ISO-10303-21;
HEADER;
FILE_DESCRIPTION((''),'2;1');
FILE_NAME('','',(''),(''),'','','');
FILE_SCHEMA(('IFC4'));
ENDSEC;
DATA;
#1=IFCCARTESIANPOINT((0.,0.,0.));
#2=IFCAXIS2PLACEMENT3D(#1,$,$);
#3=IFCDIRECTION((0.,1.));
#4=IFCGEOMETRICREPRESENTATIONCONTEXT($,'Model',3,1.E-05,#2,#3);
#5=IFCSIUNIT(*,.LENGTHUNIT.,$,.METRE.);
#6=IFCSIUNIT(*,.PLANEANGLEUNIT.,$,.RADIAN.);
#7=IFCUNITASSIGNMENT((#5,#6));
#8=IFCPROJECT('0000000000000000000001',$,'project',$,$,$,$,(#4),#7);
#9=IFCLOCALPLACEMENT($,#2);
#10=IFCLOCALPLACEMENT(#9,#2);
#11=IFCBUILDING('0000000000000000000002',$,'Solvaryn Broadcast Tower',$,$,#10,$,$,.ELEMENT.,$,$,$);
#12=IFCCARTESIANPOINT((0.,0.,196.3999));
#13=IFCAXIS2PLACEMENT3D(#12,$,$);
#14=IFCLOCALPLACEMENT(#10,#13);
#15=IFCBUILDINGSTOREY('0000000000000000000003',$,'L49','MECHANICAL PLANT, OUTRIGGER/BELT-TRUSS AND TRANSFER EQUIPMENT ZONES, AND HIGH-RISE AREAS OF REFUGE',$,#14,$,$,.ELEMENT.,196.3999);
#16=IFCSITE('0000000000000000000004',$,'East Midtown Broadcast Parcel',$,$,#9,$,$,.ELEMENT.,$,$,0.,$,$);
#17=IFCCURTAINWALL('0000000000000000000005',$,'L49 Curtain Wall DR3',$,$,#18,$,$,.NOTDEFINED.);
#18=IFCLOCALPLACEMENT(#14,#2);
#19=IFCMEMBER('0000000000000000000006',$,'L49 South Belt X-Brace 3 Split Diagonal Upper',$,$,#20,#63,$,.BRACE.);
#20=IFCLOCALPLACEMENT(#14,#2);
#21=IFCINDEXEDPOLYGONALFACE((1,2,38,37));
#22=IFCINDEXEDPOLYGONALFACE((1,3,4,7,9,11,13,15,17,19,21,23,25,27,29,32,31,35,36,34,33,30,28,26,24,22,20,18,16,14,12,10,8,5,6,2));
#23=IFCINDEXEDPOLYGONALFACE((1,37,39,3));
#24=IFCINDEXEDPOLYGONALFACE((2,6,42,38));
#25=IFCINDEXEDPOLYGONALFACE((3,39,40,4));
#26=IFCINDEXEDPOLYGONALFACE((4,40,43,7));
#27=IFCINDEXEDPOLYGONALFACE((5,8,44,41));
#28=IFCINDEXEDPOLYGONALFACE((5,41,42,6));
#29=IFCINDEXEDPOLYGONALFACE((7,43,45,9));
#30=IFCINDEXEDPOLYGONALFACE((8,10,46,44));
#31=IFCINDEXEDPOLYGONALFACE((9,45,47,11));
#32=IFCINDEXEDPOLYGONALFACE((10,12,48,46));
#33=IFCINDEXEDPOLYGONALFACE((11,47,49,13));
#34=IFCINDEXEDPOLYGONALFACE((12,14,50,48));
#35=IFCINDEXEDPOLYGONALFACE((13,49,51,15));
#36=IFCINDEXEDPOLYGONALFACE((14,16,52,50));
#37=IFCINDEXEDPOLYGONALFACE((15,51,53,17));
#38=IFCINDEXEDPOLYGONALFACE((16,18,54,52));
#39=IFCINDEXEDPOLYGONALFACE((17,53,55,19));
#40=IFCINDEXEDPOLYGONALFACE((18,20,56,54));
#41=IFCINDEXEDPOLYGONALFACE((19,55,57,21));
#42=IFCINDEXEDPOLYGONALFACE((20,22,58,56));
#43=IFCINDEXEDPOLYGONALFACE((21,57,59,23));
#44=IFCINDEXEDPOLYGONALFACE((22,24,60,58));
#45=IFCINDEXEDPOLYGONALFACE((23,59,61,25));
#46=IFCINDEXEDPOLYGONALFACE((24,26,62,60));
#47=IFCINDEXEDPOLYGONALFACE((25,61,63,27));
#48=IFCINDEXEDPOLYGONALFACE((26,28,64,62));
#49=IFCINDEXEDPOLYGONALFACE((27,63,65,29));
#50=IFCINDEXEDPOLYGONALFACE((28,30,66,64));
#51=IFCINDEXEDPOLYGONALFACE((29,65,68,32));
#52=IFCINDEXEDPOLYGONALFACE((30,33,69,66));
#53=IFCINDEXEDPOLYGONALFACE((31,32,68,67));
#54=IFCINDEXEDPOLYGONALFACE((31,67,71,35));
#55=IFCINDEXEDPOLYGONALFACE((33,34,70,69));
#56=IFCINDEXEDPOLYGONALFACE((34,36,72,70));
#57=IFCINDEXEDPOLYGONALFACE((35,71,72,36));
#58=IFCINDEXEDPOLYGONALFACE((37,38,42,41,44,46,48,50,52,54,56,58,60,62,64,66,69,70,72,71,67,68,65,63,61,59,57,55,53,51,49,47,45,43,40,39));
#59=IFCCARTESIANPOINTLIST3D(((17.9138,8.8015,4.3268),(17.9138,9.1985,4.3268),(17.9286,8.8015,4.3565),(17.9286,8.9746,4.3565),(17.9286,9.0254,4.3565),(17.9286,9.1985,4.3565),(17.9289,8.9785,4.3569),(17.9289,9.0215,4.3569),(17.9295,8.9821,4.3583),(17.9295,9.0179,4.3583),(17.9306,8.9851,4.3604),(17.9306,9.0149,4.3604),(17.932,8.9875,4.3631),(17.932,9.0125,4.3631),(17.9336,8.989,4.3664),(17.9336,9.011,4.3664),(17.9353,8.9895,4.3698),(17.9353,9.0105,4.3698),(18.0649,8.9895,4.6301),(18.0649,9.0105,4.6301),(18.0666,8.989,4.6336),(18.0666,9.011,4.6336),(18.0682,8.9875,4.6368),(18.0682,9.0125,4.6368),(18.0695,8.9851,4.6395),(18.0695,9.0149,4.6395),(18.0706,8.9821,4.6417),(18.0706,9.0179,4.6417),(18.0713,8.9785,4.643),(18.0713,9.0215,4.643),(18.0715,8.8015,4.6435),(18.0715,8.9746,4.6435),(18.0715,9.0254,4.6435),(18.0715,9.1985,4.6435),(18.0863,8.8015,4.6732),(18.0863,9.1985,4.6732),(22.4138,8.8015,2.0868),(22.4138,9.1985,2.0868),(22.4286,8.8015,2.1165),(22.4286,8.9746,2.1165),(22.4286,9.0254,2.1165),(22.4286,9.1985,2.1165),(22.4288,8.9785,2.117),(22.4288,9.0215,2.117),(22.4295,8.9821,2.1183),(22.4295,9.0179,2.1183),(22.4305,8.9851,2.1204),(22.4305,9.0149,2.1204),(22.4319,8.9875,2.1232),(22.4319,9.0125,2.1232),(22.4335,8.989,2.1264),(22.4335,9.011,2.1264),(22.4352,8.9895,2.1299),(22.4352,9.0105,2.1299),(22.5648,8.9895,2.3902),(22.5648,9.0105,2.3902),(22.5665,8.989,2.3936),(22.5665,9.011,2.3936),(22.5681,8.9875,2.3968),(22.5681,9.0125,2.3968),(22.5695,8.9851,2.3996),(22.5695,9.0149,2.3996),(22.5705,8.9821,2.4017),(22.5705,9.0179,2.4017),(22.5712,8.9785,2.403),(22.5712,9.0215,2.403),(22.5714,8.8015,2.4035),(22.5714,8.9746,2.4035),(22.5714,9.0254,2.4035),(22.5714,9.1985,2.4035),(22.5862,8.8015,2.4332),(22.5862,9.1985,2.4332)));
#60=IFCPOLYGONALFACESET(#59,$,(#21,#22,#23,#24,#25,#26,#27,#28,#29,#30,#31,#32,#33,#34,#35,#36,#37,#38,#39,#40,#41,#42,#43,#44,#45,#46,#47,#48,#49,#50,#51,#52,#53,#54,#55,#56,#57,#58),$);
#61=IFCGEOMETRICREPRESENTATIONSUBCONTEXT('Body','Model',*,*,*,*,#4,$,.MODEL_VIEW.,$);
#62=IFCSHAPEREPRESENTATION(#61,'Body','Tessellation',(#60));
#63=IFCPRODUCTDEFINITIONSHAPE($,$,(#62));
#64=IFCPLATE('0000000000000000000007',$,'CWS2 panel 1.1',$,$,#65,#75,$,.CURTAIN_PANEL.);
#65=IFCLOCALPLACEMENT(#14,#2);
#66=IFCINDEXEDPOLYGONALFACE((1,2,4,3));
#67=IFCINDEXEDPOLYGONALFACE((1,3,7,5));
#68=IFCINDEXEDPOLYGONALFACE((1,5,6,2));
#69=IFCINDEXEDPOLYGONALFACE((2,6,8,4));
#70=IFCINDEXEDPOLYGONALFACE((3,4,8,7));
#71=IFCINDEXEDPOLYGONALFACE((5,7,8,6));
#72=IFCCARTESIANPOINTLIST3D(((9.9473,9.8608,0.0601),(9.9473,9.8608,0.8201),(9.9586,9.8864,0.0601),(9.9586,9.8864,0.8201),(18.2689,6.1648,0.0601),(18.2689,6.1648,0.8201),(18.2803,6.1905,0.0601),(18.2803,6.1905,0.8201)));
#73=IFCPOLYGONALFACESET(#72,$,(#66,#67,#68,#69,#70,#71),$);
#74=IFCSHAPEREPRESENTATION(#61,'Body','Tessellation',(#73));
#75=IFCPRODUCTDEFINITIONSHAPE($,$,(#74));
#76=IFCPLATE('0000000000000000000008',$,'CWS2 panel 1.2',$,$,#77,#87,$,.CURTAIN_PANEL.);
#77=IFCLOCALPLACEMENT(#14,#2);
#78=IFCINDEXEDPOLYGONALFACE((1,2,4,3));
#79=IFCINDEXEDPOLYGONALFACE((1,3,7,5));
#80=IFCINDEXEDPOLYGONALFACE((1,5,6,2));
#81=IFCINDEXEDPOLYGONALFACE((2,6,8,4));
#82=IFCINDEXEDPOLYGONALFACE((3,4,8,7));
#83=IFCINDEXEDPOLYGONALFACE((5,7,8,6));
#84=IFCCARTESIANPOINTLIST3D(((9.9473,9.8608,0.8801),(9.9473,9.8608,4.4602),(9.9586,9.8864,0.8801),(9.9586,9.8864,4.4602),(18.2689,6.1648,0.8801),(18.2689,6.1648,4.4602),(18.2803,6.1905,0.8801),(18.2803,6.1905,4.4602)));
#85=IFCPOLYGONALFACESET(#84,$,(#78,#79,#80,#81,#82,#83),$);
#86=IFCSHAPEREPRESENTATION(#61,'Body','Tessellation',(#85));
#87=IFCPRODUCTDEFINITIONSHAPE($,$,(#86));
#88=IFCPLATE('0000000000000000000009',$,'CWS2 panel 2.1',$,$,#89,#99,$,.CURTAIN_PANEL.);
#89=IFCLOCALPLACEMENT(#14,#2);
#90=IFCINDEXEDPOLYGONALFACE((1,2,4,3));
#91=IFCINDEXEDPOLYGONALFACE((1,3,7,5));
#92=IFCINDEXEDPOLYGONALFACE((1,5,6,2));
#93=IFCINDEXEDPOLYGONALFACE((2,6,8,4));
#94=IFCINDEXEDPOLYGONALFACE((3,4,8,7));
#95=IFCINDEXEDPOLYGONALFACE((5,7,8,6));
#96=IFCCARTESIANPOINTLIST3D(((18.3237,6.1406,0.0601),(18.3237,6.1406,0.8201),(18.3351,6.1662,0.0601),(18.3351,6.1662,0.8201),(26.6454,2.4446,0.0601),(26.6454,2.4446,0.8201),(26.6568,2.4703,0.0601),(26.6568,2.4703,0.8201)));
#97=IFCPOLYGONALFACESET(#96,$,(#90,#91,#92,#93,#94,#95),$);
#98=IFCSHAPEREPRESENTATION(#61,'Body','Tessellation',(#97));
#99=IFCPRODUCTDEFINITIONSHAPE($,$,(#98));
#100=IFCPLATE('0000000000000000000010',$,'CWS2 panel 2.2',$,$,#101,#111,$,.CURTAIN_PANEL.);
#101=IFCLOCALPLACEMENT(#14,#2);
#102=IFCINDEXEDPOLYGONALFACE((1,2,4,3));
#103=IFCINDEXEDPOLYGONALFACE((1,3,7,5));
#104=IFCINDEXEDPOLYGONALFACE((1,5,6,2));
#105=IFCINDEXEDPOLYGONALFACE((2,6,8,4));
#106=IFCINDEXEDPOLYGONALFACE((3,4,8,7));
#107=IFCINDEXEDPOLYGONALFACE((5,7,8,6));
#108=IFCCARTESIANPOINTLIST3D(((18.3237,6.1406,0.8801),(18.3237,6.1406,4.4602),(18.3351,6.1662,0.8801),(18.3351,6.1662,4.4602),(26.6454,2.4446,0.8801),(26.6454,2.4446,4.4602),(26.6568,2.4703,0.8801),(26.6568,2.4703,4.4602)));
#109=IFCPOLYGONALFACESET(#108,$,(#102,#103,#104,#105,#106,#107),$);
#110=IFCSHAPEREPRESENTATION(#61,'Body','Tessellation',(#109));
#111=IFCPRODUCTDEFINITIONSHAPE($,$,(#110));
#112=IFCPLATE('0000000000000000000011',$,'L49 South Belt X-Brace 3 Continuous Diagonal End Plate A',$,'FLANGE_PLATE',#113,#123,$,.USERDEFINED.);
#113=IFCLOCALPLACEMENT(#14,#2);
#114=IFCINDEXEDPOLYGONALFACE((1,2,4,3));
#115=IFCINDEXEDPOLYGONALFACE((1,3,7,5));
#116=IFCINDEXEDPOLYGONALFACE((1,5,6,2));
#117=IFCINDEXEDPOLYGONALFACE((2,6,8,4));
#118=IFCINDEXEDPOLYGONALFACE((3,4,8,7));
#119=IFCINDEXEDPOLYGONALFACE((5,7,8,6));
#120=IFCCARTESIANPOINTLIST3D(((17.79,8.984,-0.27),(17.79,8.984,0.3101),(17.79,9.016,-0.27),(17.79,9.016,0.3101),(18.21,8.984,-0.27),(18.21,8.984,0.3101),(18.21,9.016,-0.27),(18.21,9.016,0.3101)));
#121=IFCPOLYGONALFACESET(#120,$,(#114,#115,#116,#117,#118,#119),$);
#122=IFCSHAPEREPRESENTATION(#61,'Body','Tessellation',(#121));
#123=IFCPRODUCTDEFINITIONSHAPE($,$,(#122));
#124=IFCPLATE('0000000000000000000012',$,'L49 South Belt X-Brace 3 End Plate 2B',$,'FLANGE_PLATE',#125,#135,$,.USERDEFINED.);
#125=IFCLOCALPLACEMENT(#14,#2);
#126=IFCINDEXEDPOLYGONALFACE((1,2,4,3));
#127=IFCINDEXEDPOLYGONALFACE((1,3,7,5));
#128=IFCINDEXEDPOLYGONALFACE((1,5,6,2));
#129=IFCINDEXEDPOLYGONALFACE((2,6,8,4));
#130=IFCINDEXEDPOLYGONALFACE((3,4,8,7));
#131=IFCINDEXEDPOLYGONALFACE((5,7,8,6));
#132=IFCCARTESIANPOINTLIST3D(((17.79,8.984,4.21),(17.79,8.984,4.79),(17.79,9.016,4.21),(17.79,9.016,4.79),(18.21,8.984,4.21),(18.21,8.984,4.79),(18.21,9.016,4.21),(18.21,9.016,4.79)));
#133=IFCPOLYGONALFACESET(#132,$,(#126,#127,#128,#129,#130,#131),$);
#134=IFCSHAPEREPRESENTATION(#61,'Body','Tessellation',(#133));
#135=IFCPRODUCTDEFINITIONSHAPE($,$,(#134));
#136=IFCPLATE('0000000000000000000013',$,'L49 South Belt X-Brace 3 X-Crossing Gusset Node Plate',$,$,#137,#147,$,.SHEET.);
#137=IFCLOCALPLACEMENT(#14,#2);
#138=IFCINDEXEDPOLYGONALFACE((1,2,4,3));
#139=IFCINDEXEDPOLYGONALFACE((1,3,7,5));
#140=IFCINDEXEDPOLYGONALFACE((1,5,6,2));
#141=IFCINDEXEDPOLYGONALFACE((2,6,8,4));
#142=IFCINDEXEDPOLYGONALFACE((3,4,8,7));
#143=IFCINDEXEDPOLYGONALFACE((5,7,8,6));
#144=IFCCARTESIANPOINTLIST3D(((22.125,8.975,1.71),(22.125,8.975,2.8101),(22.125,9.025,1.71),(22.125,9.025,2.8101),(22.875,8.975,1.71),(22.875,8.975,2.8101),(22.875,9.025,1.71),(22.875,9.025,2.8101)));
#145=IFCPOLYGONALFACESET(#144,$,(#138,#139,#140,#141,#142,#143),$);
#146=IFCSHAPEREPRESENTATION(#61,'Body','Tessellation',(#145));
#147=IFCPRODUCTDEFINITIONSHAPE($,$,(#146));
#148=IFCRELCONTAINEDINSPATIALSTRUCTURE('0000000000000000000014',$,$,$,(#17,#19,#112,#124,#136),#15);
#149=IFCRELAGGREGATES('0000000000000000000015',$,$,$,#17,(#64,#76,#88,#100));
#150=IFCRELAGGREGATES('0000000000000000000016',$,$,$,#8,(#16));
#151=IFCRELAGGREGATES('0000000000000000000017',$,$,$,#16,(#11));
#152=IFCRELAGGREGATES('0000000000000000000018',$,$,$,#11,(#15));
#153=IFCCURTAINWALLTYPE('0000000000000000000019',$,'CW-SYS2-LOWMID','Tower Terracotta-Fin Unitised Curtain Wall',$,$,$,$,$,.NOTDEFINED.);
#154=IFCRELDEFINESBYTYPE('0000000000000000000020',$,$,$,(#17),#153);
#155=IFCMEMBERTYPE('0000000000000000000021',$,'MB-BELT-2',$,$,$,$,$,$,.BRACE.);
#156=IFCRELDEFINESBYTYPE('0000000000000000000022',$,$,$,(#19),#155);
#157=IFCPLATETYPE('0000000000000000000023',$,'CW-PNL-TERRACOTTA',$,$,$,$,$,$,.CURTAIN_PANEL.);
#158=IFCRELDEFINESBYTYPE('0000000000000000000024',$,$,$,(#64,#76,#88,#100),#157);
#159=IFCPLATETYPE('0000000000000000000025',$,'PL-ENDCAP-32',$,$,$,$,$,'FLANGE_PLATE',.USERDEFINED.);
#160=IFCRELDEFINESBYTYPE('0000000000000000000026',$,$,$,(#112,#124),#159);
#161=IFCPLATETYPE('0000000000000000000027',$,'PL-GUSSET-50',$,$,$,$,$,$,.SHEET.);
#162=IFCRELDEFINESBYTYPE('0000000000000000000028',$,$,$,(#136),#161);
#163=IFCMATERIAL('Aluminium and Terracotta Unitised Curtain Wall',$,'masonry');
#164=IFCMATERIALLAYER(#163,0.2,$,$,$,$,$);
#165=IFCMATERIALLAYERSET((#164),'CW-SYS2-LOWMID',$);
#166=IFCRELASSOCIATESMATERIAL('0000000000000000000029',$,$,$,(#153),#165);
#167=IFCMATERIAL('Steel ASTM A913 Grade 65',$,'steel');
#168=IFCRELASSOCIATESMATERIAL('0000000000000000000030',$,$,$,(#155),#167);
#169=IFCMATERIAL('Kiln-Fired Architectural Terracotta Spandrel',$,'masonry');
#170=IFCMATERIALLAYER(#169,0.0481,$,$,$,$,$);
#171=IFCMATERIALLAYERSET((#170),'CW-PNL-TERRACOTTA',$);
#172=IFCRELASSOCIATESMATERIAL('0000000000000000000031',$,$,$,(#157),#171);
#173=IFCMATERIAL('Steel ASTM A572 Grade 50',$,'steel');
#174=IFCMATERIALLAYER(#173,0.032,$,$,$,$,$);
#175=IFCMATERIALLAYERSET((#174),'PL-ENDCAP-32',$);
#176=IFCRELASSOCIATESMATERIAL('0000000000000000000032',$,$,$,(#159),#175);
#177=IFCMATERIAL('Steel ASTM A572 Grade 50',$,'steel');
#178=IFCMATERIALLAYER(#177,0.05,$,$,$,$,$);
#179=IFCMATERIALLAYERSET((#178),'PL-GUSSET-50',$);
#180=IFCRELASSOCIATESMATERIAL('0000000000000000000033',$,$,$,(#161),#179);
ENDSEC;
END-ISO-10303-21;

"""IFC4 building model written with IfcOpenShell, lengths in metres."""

from ifc_helpers import new_model, si_unit, direction, frame, origin, origin_2d, place, context, subcontext, project, spatial, rectangle, i_section, extrude, material, layer, layer_set, material_profile, profile_set, type_object, element, aggregate, save


model = new_model("IFC4")

# Units and contexts
model_context = context("Model", 3, precision=1e-05, world=origin(), true_north=direction((0.0, 1.0)))
body_context = subcontext(model_context, "Body", "Model", "MODEL_VIEW")
ifc_project = project(units=[si_unit("LENGTHUNIT", "METRE"), si_unit("PLANEANGLEUNIT", "RADIAN")], contexts=[model_context])

# Site, building, storey
site_placement = place(None, origin())
site = spatial("IfcSite", under=ifc_project, at=site_placement, Name="East Midtown Broadcast Parcel", CompositionType="ELEMENT", RefElevation=0.0)
building_placement = place(site_placement, origin())
building = spatial("IfcBuilding", under=site, at=building_placement, Name="Solvaryn Broadcast Tower", CompositionType="ELEMENT")
storey_placement = place(building_placement, frame((0.0, 0.0, 196.3999)))
storey = spatial("IfcBuildingStorey", under=building, at=storey_placement, Name="L49", Description="MECHANICAL PLANT, OUTRIGGER/BELT-TRUSS AND TRANSFER EQUIPMENT ZONES, AND HIGH-RISE AREAS OF REFUGE", CompositionType="ELEMENT", Elevation=196.3999)

# Curtain wall
ifc_material_1 = material(Name="Aluminium and Terracotta Unitised Curtain Wall", Category="masonry")
ifc_layer_1 = layer(ifc_material_1, 0.2)
ifc_layer_set_1 = layer_set([ifc_layer_1], Name="CW-SYS2-LOWMID")
curtain_wall_type = type_object("IfcCurtainWallType", Name="CW-SYS2-LOWMID", Description="Tower Terracotta-Fin Unitised Curtain Wall", PredefinedType="NOTDEFINED", material=ifc_layer_set_1)
curtain_wall_placement = place(storey_placement, origin())
curtain_wall = element("IfcCurtainWall", 1, at=curtain_wall_placement, inside=storey, type_object=curtain_wall_type, Name="L49 Curtain Wall DR3", PredefinedType="NOTDEFINED")

# Member
ifc_material_2 = material(Name="Steel ASTM A913 Grade 65", Category="steel")
ifc_material_profile_1 = material_profile(ifc_material_2, i_section(OverallWidth=0.397, OverallDepth=0.387, WebThickness=0.021, FlangeThickness=0.0332, FilletRadius=0.0149, at=origin_2d()))
ifc_profile_set_1 = profile_set([ifc_material_profile_1], Name="Steel ASTM A913 Grade 65")
member_type_1 = type_object("IfcMemberType", Name="MB-BELT-2", PredefinedType="BRACE", material=ifc_profile_set_1)
member_1_placement = place(storey_placement, frame((22.5, 9.0, 2.26), z_axis=(-0.895222, 0.0, 0.44562), x_axis=(0.0, -1.0, 0.0)))
element("IfcMember", 2, at=member_1_placement, inside=storey, type_object=member_type_1, Name="L49 South Belt X-Brace 3 Split Diagonal Upper", PredefinedType="BRACE", context=body_context, shape_type="SweptSolid", body=[
    extrude(i_section(OverallWidth=0.397, OverallDepth=0.387, WebThickness=0.021, FlangeThickness=0.0332, FilletRadius=0.0149, at=origin_2d()), origin(), (0.0, 0.0, 1.0), 5.0266),
])

# Plates
ifc_material_3 = material(Name="Kiln-Fired Architectural Terracotta Spandrel", Category="masonry")
ifc_layer_2 = layer(ifc_material_3, 0.0481)
ifc_layer_set_2 = layer_set([ifc_layer_2], Name="CW-PNL-TERRACOTTA")
plate_type_1 = type_object("IfcPlateType", Name="CW-PNL-TERRACOTTA", PredefinedType="CURTAIN_PANEL", material=ifc_layer_set_2)
plate_1_placement = place(storey_placement, frame((14.1138, 8.0256, 0.0601), z_axis=(0.0, 0.0, 1.0), x_axis=(0.913917, -0.405901, 0.0)))
plate_1 = element("IfcPlate", 3, at=plate_1_placement, type_object=plate_type_1, Name="CWS2 panel 1.1", PredefinedType="CURTAIN_PANEL", context=body_context, shape_type="SweptSolid", body=[
    extrude(rectangle(XDim=9.1055, YDim=0.0281, at=origin_2d()), origin(), (0.0, 0.0, 1.0), 0.76),
])
plate_2_placement = place(storey_placement, frame((14.1138, 8.0256, 0.8801), z_axis=(0.0, 0.0, 1.0), x_axis=(0.913917, -0.405901, 0.0)))
plate_2 = element("IfcPlate", 4, at=plate_2_placement, type_object=plate_type_1, Name="CWS2 panel 1.2", PredefinedType="CURTAIN_PANEL", context=body_context, shape_type="SweptSolid", body=[
    extrude(rectangle(XDim=9.1055, YDim=0.0281, at=origin_2d()), origin(), (0.0, 0.0, 1.0), 3.5801),
])
plate_3_placement = place(storey_placement, frame((22.4902, 4.3054, 0.0601), z_axis=(0.0, 0.0, 1.0), x_axis=(0.913917, -0.405901, 0.0)))
plate_3 = element("IfcPlate", 5, at=plate_3_placement, type_object=plate_type_1, Name="CWS2 panel 2.1", PredefinedType="CURTAIN_PANEL", context=body_context, shape_type="SweptSolid", body=[
    extrude(rectangle(XDim=9.1055, YDim=0.0281, at=origin_2d()), origin(), (0.0, 0.0, 1.0), 0.76),
])
plate_4_placement = place(storey_placement, frame((22.4902, 4.3054, 0.8801), z_axis=(0.0, 0.0, 1.0), x_axis=(0.913917, -0.405901, 0.0)))
plate_4 = element("IfcPlate", 6, at=plate_4_placement, type_object=plate_type_1, Name="CWS2 panel 2.2", PredefinedType="CURTAIN_PANEL", context=body_context, shape_type="SweptSolid", body=[
    extrude(rectangle(XDim=9.1055, YDim=0.0281, at=origin_2d()), origin(), (0.0, 0.0, 1.0), 3.5801),
])
aggregate(curtain_wall, [plate_1, plate_2, plate_3, plate_4])

# Plates
ifc_material_4 = material(Name="Steel ASTM A572 Grade 50", Category="steel")
ifc_layer_3 = layer(ifc_material_4, 0.032)
ifc_layer_set_3 = layer_set([ifc_layer_3], Name="PL-ENDCAP-32")
plate_type_2 = type_object("IfcPlateType", Name="PL-ENDCAP-32", ElementType="FLANGE_PLATE", PredefinedType="USERDEFINED", material=ifc_layer_set_3)
for number, where, z_axis, x_axis, name in (
    (7, (18.0, 9.0, -0.27), (0.0, 0.0, 1.0), (1.0, 0.0, 0.0), "L49 South Belt X-Brace 3 Continuous Diagonal End Plate A"),
    (8, (18.0, 9.0, 4.21), (0.0, 0.0, 1.0), (1.0, 0.0, 0.0), "L49 South Belt X-Brace 3 End Plate 2B"),
):
    element("IfcPlate", number, at=place(storey_placement, frame(where, z_axis=z_axis, x_axis=x_axis)), inside=storey, type_object=plate_type_2, Name=name, ObjectType="FLANGE_PLATE", PredefinedType="USERDEFINED", context=body_context, shape_type="SweptSolid", body=[
        extrude(rectangle(XDim=0.4199, YDim=0.032, at=origin_2d()), origin(), (0.0, 0.0, 1.0), 0.5801),
    ])
ifc_material_5 = material(Name="Steel ASTM A572 Grade 50", Category="steel")
ifc_layer_4 = layer(ifc_material_5, 0.05)
ifc_layer_set_4 = layer_set([ifc_layer_4], Name="PL-GUSSET-50")
plate_type_3 = type_object("IfcPlateType", Name="PL-GUSSET-50", PredefinedType="SHEET", material=ifc_layer_set_4)
plate_5_placement = place(storey_placement, frame((22.5, 9.0, 1.71), z_axis=(0.0, 0.0, 1.0), x_axis=(1.0, 0.0, 0.0)))
element("IfcPlate", 9, at=plate_5_placement, inside=storey, type_object=plate_type_3, Name="L49 South Belt X-Brace 3 X-Crossing Gusset Node Plate", PredefinedType="SHEET", context=body_context, shape_type="SweptSolid", body=[
    extrude(rectangle(XDim=0.75, YDim=0.05, at=origin_2d()), origin(), (0.0, 0.0, 1.0), 1.1001),
])

save(model, "model.ifc")
